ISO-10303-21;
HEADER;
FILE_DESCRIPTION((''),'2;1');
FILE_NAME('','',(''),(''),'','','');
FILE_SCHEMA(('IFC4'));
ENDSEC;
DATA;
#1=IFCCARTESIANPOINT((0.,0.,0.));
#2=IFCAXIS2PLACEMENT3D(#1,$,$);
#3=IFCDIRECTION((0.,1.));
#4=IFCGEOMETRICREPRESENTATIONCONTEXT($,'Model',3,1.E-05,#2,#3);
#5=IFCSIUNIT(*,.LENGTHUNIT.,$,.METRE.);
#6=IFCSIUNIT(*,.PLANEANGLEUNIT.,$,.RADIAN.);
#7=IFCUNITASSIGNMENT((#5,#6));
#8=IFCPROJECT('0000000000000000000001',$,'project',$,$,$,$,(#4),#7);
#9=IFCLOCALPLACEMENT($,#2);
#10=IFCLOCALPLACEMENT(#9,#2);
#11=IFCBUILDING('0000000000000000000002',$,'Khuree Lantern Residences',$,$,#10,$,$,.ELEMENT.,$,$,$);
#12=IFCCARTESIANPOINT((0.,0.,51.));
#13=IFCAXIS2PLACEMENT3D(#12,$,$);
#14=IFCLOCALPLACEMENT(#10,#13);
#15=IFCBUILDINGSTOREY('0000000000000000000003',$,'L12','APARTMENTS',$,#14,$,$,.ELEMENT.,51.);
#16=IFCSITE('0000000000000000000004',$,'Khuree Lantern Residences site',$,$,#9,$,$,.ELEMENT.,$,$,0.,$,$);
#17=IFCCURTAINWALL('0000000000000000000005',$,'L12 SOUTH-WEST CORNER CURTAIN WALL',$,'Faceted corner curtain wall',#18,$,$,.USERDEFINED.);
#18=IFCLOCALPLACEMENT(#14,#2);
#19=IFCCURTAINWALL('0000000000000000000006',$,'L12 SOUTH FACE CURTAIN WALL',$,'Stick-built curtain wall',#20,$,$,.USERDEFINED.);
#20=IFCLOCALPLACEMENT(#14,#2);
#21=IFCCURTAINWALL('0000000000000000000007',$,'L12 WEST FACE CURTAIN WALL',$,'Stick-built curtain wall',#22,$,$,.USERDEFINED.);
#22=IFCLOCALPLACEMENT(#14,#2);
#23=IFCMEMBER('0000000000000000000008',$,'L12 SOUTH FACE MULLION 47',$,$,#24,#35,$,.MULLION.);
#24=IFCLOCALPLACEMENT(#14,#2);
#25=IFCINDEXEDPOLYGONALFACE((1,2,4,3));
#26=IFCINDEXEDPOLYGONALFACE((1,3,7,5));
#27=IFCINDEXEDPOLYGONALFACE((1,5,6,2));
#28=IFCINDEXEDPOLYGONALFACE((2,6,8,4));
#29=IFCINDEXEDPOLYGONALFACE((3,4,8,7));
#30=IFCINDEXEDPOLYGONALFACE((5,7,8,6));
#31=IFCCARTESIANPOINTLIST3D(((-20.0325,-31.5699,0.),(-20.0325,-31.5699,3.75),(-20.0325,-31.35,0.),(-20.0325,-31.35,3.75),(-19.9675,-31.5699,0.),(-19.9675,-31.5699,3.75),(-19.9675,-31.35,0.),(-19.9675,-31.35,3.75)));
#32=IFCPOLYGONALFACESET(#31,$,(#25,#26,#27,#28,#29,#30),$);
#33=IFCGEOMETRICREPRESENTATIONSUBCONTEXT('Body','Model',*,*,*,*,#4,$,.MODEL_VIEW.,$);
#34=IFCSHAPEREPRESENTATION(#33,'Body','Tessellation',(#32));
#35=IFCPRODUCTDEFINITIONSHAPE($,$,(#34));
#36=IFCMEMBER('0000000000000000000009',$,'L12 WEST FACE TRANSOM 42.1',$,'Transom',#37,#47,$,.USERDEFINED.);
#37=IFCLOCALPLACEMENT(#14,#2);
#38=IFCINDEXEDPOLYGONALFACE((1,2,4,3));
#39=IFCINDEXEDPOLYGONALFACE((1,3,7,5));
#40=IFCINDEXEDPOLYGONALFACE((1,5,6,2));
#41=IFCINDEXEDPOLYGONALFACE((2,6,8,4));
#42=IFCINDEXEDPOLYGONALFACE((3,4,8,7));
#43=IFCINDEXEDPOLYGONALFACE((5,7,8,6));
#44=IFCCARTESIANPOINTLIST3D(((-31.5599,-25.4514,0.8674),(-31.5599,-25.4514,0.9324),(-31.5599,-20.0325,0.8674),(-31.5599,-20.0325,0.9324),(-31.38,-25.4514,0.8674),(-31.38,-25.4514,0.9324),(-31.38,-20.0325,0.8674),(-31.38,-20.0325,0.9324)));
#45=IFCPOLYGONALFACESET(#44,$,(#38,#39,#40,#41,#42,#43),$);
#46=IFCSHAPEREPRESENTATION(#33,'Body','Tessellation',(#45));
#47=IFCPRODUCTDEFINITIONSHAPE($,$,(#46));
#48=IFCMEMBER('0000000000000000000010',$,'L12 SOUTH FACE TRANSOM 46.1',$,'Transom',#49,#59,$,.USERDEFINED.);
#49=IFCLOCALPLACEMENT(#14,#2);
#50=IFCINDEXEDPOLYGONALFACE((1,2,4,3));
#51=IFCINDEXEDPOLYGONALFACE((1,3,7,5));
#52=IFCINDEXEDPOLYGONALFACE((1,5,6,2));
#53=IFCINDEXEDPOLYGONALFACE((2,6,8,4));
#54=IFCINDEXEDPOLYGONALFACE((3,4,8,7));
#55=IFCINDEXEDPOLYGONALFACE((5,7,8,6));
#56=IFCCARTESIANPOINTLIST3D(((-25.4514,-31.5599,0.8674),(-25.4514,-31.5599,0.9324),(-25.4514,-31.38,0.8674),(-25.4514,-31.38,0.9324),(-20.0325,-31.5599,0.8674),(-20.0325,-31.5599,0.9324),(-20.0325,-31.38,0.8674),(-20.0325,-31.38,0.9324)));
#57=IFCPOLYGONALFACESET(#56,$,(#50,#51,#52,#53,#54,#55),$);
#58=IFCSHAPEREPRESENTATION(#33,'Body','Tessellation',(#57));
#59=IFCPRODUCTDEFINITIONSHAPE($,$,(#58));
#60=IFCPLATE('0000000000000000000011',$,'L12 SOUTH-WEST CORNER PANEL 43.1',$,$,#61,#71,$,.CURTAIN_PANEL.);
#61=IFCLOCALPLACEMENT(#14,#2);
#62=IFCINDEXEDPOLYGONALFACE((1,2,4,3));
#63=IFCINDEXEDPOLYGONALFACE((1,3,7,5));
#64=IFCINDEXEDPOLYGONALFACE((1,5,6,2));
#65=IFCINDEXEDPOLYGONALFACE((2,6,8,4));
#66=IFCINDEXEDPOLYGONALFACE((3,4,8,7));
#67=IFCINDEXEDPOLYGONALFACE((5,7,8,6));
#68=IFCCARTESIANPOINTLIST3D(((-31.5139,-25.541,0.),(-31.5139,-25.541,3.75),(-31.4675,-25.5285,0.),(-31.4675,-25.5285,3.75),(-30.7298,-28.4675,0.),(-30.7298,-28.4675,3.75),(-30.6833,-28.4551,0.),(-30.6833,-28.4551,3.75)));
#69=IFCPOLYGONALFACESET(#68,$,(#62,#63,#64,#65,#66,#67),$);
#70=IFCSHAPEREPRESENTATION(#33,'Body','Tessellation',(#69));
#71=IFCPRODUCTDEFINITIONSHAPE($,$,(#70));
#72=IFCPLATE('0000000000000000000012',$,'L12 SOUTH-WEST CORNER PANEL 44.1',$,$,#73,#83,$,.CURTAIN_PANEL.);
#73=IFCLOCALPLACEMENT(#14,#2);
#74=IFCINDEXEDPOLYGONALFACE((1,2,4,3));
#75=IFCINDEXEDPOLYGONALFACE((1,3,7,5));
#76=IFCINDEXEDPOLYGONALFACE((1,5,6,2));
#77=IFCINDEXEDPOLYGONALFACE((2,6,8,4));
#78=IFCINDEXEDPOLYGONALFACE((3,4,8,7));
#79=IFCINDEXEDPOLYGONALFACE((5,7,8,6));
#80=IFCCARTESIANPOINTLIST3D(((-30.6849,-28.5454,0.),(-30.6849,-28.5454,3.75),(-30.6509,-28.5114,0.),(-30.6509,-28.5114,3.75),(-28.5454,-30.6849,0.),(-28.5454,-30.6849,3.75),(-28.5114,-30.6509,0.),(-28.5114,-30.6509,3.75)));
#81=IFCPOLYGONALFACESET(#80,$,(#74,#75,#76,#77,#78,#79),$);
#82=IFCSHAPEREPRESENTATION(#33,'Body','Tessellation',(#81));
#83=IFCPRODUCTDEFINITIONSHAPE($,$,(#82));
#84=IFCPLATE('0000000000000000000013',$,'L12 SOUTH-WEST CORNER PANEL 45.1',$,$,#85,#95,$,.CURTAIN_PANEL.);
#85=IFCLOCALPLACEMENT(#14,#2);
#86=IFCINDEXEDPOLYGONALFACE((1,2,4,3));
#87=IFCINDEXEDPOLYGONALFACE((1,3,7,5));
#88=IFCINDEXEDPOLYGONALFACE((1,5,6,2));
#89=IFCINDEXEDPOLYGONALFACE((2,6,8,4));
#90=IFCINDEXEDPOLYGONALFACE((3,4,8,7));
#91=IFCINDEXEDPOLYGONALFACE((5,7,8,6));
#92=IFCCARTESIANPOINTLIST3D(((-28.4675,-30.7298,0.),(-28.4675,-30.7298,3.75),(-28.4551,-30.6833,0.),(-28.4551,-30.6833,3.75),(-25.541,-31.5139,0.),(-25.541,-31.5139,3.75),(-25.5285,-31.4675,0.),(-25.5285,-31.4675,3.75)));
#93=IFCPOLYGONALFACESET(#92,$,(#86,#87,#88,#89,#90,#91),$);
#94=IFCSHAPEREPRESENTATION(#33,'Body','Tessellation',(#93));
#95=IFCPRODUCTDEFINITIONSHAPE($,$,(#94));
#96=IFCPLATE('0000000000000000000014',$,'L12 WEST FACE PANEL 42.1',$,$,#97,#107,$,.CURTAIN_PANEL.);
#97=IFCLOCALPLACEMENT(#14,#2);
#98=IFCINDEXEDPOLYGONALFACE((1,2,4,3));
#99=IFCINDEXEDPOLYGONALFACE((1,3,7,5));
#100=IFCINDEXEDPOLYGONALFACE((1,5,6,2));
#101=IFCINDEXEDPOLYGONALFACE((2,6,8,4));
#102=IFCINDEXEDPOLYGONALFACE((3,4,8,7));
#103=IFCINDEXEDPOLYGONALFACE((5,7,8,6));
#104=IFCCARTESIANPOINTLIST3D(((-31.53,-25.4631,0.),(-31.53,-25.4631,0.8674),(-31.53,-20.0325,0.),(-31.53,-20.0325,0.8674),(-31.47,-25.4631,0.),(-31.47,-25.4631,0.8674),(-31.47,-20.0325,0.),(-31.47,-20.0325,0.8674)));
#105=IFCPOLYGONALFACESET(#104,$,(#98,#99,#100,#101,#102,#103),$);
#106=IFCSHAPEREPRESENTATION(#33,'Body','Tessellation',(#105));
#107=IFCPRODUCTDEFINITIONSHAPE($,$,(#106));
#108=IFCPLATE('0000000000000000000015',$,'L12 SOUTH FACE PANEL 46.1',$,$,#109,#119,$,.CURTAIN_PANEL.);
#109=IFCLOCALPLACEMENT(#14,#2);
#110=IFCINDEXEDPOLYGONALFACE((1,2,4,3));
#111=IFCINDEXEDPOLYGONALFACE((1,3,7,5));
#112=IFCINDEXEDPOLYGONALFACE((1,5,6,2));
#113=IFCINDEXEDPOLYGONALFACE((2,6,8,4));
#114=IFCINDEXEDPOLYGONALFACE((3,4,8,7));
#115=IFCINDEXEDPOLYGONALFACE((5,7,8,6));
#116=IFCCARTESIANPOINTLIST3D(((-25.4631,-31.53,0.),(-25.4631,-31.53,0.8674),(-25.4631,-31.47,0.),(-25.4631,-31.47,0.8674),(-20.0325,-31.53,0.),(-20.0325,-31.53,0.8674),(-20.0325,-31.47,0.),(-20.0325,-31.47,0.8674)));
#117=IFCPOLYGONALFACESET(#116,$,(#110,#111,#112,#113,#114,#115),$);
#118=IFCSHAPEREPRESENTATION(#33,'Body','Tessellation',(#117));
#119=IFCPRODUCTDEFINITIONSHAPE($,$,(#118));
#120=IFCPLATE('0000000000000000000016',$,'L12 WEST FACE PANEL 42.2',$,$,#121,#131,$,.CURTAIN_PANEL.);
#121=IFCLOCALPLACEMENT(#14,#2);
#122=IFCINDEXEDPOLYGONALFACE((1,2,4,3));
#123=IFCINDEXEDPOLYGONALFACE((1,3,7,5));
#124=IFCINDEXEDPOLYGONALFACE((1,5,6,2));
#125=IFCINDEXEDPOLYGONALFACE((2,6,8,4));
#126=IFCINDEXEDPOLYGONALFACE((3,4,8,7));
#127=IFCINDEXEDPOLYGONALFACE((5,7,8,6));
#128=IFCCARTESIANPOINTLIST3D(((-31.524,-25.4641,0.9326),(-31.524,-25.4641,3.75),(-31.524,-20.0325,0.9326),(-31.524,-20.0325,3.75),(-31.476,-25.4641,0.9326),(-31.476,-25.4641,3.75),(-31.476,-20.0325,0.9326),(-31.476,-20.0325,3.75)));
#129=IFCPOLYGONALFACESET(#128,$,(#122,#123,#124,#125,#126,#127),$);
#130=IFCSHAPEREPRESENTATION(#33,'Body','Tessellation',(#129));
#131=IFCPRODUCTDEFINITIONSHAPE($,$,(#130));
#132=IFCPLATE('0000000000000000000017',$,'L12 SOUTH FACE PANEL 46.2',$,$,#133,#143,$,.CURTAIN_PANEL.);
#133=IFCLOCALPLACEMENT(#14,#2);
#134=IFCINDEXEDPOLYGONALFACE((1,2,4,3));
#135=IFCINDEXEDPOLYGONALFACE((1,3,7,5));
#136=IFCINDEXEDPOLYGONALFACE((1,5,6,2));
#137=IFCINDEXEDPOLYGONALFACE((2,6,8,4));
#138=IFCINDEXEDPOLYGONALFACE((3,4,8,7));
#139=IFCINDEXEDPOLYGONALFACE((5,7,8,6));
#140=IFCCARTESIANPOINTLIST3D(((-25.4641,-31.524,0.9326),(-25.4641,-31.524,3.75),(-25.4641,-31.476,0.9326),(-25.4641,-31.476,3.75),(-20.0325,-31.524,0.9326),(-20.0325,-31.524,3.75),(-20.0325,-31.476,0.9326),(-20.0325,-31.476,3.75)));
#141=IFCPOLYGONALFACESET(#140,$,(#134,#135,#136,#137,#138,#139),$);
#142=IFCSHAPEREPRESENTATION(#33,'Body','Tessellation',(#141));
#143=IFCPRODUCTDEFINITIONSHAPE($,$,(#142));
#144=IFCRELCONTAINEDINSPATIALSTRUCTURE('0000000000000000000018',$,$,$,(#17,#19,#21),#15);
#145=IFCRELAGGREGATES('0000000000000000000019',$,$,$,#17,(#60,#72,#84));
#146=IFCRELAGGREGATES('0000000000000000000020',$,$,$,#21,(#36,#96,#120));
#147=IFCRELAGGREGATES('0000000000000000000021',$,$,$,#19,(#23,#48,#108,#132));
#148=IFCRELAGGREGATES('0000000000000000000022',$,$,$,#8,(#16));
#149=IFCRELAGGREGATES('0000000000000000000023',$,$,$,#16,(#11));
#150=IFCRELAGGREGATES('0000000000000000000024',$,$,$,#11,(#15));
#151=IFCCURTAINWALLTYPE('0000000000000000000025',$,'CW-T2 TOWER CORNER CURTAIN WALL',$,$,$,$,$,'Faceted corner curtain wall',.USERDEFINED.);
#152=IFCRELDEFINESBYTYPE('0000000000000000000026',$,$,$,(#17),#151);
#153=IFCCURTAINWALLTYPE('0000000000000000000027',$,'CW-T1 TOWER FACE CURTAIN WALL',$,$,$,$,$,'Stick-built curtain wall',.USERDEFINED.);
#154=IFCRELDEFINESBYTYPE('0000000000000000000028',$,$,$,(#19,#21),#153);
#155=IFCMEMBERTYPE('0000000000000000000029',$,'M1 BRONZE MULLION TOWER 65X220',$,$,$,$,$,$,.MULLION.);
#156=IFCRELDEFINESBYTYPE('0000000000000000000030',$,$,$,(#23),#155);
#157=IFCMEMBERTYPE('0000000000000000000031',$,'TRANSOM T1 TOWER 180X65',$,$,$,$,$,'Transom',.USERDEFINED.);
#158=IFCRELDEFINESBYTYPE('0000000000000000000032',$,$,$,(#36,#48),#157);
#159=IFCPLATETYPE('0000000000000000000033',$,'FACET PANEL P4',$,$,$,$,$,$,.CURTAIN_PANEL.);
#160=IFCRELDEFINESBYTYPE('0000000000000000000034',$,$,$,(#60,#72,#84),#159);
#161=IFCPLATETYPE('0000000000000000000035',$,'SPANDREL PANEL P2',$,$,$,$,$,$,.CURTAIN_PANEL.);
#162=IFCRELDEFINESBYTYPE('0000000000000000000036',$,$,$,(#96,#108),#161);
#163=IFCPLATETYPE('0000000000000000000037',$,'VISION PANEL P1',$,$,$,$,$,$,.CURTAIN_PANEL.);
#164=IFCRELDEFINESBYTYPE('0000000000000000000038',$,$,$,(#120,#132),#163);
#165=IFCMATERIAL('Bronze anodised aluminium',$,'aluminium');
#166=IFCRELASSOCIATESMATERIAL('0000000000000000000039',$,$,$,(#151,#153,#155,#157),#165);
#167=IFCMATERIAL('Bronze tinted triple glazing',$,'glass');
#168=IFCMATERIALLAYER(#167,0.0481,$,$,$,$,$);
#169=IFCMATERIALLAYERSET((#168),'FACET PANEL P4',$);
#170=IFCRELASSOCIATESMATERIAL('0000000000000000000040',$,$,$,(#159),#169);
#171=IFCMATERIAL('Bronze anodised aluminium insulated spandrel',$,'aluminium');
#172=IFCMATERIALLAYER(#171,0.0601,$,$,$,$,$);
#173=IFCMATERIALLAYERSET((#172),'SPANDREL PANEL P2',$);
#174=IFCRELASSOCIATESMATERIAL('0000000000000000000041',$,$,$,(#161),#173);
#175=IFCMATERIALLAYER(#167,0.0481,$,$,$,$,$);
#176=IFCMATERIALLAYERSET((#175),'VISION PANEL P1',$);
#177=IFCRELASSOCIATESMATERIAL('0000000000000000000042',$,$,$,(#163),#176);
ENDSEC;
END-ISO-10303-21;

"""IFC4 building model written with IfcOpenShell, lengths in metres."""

from ifc_helpers import new_model, si_unit, direction, frame, origin, origin_2d, place, context, subcontext, project, spatial, rectangle, extrude, material, layer, layer_set, material_profile, profile_set, type_object, element, aggregate, save


model = new_model("IFC4")

# Units and contexts
model_context = context("Model", 3, precision=1e-05, world=origin(), true_north=direction((0.0, 1.0)))
body_context = subcontext(model_context, "Body", "Model", "MODEL_VIEW")
ifc_project = project(units=[si_unit("LENGTHUNIT", "METRE"), si_unit("PLANEANGLEUNIT", "RADIAN")], contexts=[model_context])

# Site, building, storey
site_placement = place(None, origin())
site = spatial("IfcSite", under=ifc_project, at=site_placement, Name="Khuree Lantern Residences site", CompositionType="ELEMENT", RefElevation=0.0)
building_placement = place(site_placement, origin())
building = spatial("IfcBuilding", under=site, at=building_placement, Name="Khuree Lantern Residences", CompositionType="ELEMENT")
storey_placement = place(building_placement, frame((0.0, 0.0, 51.0)))
storey = spatial("IfcBuildingStorey", under=building, at=storey_placement, Name="L12", Description="APARTMENTS", CompositionType="ELEMENT", Elevation=51.0)

# Curtain walls
ifc_material_1 = material(Name="Bronze anodised aluminium", Category="aluminium")
curtain_wall_type_1 = type_object("IfcCurtainWallType", Name="CW-T2 TOWER CORNER CURTAIN WALL", ElementType="Faceted corner curtain wall", PredefinedType="USERDEFINED", material=ifc_material_1)
curtain_wall_1_placement = place(storey_placement, origin())
curtain_wall_1 = element("IfcCurtainWall", 1, at=curtain_wall_1_placement, inside=storey, type_object=curtain_wall_type_1, Name="L12 SOUTH-WEST CORNER CURTAIN WALL", ObjectType="Faceted corner curtain wall", PredefinedType="USERDEFINED")
curtain_wall_type_2 = type_object("IfcCurtainWallType", Name="CW-T1 TOWER FACE CURTAIN WALL", ElementType="Stick-built curtain wall", PredefinedType="USERDEFINED", material=ifc_material_1)
curtain_wall_2_placement = place(storey_placement, origin())
curtain_wall_2 = element("IfcCurtainWall", 2, at=curtain_wall_2_placement, inside=storey, type_object=curtain_wall_type_2, Name="L12 SOUTH FACE CURTAIN WALL", ObjectType="Stick-built curtain wall", PredefinedType="USERDEFINED")

# Curtain wall
curtain_wall_3_placement = place(storey_placement, origin())
curtain_wall_3 = element("IfcCurtainWall", 3, at=curtain_wall_3_placement, inside=storey, type_object=curtain_wall_type_2, Name="L12 WEST FACE CURTAIN WALL", ObjectType="Stick-built curtain wall", PredefinedType="USERDEFINED")
ifc_material_profile_1 = material_profile(ifc_material_1, rectangle(XDim=0.0649, YDim=0.22, at=origin_2d()), Name="M1 65X220")
ifc_profile_set_1 = profile_set([ifc_material_profile_1], Name="Bronze anodised aluminium")
member_type_1 = type_object("IfcMemberType", Name="M1 BRONZE MULLION TOWER 65X220", PredefinedType="MULLION", material=ifc_profile_set_1)

# Members
member_1_placement = place(storey_placement, frame((-20.0, -31.46, 0.0), z_axis=(0.0, 0.0, 1.0), x_axis=(1.0, 0.0, 0.0)))
member_1 = element("IfcMember", 4, at=member_1_placement, type_object=member_type_1, Name="L12 SOUTH FACE MULLION 47", PredefinedType="MULLION", context=body_context, shape_type="SweptSolid", body=[
    extrude(rectangle(XDim=0.0649, YDim=0.22, at=origin_2d()), origin(), (0.0, 0.0, 1.0), 3.75),
])
ifc_material_profile_2 = material_profile(ifc_material_1, rectangle(XDim=0.1799, YDim=0.0649, at=origin_2d()), Name="T1 180X65")
ifc_profile_set_2 = profile_set([ifc_material_profile_2], Name="Bronze anodised aluminium")
member_type_2 = type_object("IfcMemberType", Name="TRANSOM T1 TOWER 180X65", ElementType="Transom", PredefinedType="USERDEFINED", material=ifc_profile_set_2)
member_2_placement = place(storey_placement, frame((-31.47, -20.0325, 0.8999), z_axis=(0.0, -1.0, 0.0), x_axis=(1.0, 0.0, 0.0)))
member_2 = element("IfcMember", 5, at=member_2_placement, type_object=member_type_2, Name="L12 WEST FACE TRANSOM 42.1", ObjectType="Transom", PredefinedType="USERDEFINED", context=body_context, shape_type="SweptSolid", body=[
    extrude(rectangle(XDim=0.1799, YDim=0.0649, at=origin_2d()), origin(), (0.0, 0.0, 1.0), 5.4189),
])
member_3_placement = place(storey_placement, frame((-25.4514, -31.47, 0.8999), z_axis=(1.0, 0.0, 0.0), x_axis=(0.0, 1.0, 0.0)))
member_3 = element("IfcMember", 6, at=member_3_placement, type_object=member_type_2, Name="L12 SOUTH FACE TRANSOM 46.1", ObjectType="Transom", PredefinedType="USERDEFINED", context=body_context, shape_type="SweptSolid", body=[
    extrude(rectangle(XDim=0.1799, YDim=0.0649, at=origin_2d()), origin(), (0.0, 0.0, 1.0), 5.4189),
])

# Plates
ifc_material_2 = material(Name="Bronze tinted triple glazing", Category="glass")
ifc_layer_1 = layer(ifc_material_2, 0.0481)
ifc_layer_set_1 = layer_set([ifc_layer_1], Name="FACET PANEL P4")
plate_type_1 = type_object("IfcPlateType", Name="FACET PANEL P4", PredefinedType="CURTAIN_PANEL", material=ifc_layer_set_1)
plate_1_placement = place(storey_placement, frame((-31.0986, -26.998, 0.0), z_axis=(0.0, 0.0, 1.0), x_axis=(0.258819, -0.965926, 0.0)))
plate_1 = element("IfcPlate", 7, at=plate_1_placement, type_object=plate_type_1, Name="L12 SOUTH-WEST CORNER PANEL 43.1", PredefinedType="CURTAIN_PANEL", context=body_context, shape_type="SweptSolid", body=[
    extrude(rectangle(XDim=3.0298, YDim=0.0481, at=origin_2d()), origin(), (0.0, 0.0, 1.0), 3.75),
])
plate_2_placement = place(storey_placement, frame((-29.5981, -29.5981, 0.0), z_axis=(0.0, 0.0, 1.0), x_axis=(0.707107, -0.707107, 0.0)))
plate_2 = element("IfcPlate", 8, at=plate_2_placement, type_object=plate_type_1, Name="L12 SOUTH-WEST CORNER PANEL 44.1", PredefinedType="CURTAIN_PANEL", context=body_context, shape_type="SweptSolid", body=[
    extrude(rectangle(XDim=3.0256, YDim=0.0481, at=origin_2d()), origin(), (0.0, 0.0, 1.0), 3.75),
])
plate_3_placement = place(storey_placement, frame((-26.998, -31.0986, 0.0), z_axis=(0.0, 0.0, 1.0), x_axis=(0.965926, -0.258819, 0.0)))
plate_3 = element("IfcPlate", 9, at=plate_3_placement, type_object=plate_type_1, Name="L12 SOUTH-WEST CORNER PANEL 45.1", PredefinedType="CURTAIN_PANEL", context=body_context, shape_type="SweptSolid", body=[
    extrude(rectangle(XDim=3.0298, YDim=0.0481, at=origin_2d()), origin(), (0.0, 0.0, 1.0), 3.75),
])
aggregate(curtain_wall_1, [plate_1, plate_2, plate_3])
ifc_material_3 = material(Name="Bronze anodised aluminium insulated spandrel", Category="aluminium")
ifc_layer_2 = layer(ifc_material_3, 0.0601)
ifc_layer_set_2 = layer_set([ifc_layer_2], Name="SPANDREL PANEL P2")
plate_type_2 = type_object("IfcPlateType", Name="SPANDREL PANEL P2", PredefinedType="CURTAIN_PANEL", material=ifc_layer_set_2)
plate_4_placement = place(storey_placement, frame((-31.5, -22.7478, 0.0), z_axis=(0.0, 0.0, 1.0), x_axis=(0.0, -1.0, 0.0)))
plate_4 = element("IfcPlate", 10, at=plate_4_placement, type_object=plate_type_2, Name="L12 WEST FACE PANEL 42.1", PredefinedType="CURTAIN_PANEL", context=body_context, shape_type="SweptSolid", body=[
    extrude(rectangle(XDim=5.4307, YDim=0.0601, at=origin_2d()), origin(), (0.0, 0.0, 1.0), 0.8674),
])
plate_5_placement = place(storey_placement, frame((-22.7478, -31.5, 0.0), z_axis=(0.0, 0.0, 1.0), x_axis=(1.0, 0.0, 0.0)))
plate_5 = element("IfcPlate", 11, at=plate_5_placement, type_object=plate_type_2, Name="L12 SOUTH FACE PANEL 46.1", PredefinedType="CURTAIN_PANEL", context=body_context, shape_type="SweptSolid", body=[
    extrude(rectangle(XDim=5.4307, YDim=0.0601, at=origin_2d()), origin(), (0.0, 0.0, 1.0), 0.8674),
])
ifc_layer_3 = layer(ifc_material_2, 0.0481)
ifc_layer_set_3 = layer_set([ifc_layer_3], Name="VISION PANEL P1")
plate_type_3 = type_object("IfcPlateType", Name="VISION PANEL P1", PredefinedType="CURTAIN_PANEL", material=ifc_layer_set_3)
plate_6_placement = place(storey_placement, frame((-31.5, -22.7483, 0.9326), z_axis=(0.0, 0.0, 1.0), x_axis=(0.0, -1.0, 0.0)))
plate_6 = element("IfcPlate", 12, at=plate_6_placement, type_object=plate_type_3, Name="L12 WEST FACE PANEL 42.2", PredefinedType="CURTAIN_PANEL", context=body_context, shape_type="SweptSolid", body=[
    extrude(rectangle(XDim=5.4316, YDim=0.0481, at=origin_2d()), origin(), (0.0, 0.0, 1.0), 2.8174),
])
aggregate(curtain_wall_3, [member_2, plate_4, plate_6])
plate_7_placement = place(storey_placement, frame((-22.7483, -31.5, 0.9326), z_axis=(0.0, 0.0, 1.0), x_axis=(1.0, 0.0, 0.0)))
plate_7 = element("IfcPlate", 13, at=plate_7_placement, type_object=plate_type_3, Name="L12 SOUTH FACE PANEL 46.2", PredefinedType="CURTAIN_PANEL", context=body_context, shape_type="SweptSolid", body=[
    extrude(rectangle(XDim=5.4316, YDim=0.0481, at=origin_2d()), origin(), (0.0, 0.0, 1.0), 2.8174),
])
aggregate(curtain_wall_2, [member_1, member_3, plate_5, plate_7])

save(model, "model.ifc")
